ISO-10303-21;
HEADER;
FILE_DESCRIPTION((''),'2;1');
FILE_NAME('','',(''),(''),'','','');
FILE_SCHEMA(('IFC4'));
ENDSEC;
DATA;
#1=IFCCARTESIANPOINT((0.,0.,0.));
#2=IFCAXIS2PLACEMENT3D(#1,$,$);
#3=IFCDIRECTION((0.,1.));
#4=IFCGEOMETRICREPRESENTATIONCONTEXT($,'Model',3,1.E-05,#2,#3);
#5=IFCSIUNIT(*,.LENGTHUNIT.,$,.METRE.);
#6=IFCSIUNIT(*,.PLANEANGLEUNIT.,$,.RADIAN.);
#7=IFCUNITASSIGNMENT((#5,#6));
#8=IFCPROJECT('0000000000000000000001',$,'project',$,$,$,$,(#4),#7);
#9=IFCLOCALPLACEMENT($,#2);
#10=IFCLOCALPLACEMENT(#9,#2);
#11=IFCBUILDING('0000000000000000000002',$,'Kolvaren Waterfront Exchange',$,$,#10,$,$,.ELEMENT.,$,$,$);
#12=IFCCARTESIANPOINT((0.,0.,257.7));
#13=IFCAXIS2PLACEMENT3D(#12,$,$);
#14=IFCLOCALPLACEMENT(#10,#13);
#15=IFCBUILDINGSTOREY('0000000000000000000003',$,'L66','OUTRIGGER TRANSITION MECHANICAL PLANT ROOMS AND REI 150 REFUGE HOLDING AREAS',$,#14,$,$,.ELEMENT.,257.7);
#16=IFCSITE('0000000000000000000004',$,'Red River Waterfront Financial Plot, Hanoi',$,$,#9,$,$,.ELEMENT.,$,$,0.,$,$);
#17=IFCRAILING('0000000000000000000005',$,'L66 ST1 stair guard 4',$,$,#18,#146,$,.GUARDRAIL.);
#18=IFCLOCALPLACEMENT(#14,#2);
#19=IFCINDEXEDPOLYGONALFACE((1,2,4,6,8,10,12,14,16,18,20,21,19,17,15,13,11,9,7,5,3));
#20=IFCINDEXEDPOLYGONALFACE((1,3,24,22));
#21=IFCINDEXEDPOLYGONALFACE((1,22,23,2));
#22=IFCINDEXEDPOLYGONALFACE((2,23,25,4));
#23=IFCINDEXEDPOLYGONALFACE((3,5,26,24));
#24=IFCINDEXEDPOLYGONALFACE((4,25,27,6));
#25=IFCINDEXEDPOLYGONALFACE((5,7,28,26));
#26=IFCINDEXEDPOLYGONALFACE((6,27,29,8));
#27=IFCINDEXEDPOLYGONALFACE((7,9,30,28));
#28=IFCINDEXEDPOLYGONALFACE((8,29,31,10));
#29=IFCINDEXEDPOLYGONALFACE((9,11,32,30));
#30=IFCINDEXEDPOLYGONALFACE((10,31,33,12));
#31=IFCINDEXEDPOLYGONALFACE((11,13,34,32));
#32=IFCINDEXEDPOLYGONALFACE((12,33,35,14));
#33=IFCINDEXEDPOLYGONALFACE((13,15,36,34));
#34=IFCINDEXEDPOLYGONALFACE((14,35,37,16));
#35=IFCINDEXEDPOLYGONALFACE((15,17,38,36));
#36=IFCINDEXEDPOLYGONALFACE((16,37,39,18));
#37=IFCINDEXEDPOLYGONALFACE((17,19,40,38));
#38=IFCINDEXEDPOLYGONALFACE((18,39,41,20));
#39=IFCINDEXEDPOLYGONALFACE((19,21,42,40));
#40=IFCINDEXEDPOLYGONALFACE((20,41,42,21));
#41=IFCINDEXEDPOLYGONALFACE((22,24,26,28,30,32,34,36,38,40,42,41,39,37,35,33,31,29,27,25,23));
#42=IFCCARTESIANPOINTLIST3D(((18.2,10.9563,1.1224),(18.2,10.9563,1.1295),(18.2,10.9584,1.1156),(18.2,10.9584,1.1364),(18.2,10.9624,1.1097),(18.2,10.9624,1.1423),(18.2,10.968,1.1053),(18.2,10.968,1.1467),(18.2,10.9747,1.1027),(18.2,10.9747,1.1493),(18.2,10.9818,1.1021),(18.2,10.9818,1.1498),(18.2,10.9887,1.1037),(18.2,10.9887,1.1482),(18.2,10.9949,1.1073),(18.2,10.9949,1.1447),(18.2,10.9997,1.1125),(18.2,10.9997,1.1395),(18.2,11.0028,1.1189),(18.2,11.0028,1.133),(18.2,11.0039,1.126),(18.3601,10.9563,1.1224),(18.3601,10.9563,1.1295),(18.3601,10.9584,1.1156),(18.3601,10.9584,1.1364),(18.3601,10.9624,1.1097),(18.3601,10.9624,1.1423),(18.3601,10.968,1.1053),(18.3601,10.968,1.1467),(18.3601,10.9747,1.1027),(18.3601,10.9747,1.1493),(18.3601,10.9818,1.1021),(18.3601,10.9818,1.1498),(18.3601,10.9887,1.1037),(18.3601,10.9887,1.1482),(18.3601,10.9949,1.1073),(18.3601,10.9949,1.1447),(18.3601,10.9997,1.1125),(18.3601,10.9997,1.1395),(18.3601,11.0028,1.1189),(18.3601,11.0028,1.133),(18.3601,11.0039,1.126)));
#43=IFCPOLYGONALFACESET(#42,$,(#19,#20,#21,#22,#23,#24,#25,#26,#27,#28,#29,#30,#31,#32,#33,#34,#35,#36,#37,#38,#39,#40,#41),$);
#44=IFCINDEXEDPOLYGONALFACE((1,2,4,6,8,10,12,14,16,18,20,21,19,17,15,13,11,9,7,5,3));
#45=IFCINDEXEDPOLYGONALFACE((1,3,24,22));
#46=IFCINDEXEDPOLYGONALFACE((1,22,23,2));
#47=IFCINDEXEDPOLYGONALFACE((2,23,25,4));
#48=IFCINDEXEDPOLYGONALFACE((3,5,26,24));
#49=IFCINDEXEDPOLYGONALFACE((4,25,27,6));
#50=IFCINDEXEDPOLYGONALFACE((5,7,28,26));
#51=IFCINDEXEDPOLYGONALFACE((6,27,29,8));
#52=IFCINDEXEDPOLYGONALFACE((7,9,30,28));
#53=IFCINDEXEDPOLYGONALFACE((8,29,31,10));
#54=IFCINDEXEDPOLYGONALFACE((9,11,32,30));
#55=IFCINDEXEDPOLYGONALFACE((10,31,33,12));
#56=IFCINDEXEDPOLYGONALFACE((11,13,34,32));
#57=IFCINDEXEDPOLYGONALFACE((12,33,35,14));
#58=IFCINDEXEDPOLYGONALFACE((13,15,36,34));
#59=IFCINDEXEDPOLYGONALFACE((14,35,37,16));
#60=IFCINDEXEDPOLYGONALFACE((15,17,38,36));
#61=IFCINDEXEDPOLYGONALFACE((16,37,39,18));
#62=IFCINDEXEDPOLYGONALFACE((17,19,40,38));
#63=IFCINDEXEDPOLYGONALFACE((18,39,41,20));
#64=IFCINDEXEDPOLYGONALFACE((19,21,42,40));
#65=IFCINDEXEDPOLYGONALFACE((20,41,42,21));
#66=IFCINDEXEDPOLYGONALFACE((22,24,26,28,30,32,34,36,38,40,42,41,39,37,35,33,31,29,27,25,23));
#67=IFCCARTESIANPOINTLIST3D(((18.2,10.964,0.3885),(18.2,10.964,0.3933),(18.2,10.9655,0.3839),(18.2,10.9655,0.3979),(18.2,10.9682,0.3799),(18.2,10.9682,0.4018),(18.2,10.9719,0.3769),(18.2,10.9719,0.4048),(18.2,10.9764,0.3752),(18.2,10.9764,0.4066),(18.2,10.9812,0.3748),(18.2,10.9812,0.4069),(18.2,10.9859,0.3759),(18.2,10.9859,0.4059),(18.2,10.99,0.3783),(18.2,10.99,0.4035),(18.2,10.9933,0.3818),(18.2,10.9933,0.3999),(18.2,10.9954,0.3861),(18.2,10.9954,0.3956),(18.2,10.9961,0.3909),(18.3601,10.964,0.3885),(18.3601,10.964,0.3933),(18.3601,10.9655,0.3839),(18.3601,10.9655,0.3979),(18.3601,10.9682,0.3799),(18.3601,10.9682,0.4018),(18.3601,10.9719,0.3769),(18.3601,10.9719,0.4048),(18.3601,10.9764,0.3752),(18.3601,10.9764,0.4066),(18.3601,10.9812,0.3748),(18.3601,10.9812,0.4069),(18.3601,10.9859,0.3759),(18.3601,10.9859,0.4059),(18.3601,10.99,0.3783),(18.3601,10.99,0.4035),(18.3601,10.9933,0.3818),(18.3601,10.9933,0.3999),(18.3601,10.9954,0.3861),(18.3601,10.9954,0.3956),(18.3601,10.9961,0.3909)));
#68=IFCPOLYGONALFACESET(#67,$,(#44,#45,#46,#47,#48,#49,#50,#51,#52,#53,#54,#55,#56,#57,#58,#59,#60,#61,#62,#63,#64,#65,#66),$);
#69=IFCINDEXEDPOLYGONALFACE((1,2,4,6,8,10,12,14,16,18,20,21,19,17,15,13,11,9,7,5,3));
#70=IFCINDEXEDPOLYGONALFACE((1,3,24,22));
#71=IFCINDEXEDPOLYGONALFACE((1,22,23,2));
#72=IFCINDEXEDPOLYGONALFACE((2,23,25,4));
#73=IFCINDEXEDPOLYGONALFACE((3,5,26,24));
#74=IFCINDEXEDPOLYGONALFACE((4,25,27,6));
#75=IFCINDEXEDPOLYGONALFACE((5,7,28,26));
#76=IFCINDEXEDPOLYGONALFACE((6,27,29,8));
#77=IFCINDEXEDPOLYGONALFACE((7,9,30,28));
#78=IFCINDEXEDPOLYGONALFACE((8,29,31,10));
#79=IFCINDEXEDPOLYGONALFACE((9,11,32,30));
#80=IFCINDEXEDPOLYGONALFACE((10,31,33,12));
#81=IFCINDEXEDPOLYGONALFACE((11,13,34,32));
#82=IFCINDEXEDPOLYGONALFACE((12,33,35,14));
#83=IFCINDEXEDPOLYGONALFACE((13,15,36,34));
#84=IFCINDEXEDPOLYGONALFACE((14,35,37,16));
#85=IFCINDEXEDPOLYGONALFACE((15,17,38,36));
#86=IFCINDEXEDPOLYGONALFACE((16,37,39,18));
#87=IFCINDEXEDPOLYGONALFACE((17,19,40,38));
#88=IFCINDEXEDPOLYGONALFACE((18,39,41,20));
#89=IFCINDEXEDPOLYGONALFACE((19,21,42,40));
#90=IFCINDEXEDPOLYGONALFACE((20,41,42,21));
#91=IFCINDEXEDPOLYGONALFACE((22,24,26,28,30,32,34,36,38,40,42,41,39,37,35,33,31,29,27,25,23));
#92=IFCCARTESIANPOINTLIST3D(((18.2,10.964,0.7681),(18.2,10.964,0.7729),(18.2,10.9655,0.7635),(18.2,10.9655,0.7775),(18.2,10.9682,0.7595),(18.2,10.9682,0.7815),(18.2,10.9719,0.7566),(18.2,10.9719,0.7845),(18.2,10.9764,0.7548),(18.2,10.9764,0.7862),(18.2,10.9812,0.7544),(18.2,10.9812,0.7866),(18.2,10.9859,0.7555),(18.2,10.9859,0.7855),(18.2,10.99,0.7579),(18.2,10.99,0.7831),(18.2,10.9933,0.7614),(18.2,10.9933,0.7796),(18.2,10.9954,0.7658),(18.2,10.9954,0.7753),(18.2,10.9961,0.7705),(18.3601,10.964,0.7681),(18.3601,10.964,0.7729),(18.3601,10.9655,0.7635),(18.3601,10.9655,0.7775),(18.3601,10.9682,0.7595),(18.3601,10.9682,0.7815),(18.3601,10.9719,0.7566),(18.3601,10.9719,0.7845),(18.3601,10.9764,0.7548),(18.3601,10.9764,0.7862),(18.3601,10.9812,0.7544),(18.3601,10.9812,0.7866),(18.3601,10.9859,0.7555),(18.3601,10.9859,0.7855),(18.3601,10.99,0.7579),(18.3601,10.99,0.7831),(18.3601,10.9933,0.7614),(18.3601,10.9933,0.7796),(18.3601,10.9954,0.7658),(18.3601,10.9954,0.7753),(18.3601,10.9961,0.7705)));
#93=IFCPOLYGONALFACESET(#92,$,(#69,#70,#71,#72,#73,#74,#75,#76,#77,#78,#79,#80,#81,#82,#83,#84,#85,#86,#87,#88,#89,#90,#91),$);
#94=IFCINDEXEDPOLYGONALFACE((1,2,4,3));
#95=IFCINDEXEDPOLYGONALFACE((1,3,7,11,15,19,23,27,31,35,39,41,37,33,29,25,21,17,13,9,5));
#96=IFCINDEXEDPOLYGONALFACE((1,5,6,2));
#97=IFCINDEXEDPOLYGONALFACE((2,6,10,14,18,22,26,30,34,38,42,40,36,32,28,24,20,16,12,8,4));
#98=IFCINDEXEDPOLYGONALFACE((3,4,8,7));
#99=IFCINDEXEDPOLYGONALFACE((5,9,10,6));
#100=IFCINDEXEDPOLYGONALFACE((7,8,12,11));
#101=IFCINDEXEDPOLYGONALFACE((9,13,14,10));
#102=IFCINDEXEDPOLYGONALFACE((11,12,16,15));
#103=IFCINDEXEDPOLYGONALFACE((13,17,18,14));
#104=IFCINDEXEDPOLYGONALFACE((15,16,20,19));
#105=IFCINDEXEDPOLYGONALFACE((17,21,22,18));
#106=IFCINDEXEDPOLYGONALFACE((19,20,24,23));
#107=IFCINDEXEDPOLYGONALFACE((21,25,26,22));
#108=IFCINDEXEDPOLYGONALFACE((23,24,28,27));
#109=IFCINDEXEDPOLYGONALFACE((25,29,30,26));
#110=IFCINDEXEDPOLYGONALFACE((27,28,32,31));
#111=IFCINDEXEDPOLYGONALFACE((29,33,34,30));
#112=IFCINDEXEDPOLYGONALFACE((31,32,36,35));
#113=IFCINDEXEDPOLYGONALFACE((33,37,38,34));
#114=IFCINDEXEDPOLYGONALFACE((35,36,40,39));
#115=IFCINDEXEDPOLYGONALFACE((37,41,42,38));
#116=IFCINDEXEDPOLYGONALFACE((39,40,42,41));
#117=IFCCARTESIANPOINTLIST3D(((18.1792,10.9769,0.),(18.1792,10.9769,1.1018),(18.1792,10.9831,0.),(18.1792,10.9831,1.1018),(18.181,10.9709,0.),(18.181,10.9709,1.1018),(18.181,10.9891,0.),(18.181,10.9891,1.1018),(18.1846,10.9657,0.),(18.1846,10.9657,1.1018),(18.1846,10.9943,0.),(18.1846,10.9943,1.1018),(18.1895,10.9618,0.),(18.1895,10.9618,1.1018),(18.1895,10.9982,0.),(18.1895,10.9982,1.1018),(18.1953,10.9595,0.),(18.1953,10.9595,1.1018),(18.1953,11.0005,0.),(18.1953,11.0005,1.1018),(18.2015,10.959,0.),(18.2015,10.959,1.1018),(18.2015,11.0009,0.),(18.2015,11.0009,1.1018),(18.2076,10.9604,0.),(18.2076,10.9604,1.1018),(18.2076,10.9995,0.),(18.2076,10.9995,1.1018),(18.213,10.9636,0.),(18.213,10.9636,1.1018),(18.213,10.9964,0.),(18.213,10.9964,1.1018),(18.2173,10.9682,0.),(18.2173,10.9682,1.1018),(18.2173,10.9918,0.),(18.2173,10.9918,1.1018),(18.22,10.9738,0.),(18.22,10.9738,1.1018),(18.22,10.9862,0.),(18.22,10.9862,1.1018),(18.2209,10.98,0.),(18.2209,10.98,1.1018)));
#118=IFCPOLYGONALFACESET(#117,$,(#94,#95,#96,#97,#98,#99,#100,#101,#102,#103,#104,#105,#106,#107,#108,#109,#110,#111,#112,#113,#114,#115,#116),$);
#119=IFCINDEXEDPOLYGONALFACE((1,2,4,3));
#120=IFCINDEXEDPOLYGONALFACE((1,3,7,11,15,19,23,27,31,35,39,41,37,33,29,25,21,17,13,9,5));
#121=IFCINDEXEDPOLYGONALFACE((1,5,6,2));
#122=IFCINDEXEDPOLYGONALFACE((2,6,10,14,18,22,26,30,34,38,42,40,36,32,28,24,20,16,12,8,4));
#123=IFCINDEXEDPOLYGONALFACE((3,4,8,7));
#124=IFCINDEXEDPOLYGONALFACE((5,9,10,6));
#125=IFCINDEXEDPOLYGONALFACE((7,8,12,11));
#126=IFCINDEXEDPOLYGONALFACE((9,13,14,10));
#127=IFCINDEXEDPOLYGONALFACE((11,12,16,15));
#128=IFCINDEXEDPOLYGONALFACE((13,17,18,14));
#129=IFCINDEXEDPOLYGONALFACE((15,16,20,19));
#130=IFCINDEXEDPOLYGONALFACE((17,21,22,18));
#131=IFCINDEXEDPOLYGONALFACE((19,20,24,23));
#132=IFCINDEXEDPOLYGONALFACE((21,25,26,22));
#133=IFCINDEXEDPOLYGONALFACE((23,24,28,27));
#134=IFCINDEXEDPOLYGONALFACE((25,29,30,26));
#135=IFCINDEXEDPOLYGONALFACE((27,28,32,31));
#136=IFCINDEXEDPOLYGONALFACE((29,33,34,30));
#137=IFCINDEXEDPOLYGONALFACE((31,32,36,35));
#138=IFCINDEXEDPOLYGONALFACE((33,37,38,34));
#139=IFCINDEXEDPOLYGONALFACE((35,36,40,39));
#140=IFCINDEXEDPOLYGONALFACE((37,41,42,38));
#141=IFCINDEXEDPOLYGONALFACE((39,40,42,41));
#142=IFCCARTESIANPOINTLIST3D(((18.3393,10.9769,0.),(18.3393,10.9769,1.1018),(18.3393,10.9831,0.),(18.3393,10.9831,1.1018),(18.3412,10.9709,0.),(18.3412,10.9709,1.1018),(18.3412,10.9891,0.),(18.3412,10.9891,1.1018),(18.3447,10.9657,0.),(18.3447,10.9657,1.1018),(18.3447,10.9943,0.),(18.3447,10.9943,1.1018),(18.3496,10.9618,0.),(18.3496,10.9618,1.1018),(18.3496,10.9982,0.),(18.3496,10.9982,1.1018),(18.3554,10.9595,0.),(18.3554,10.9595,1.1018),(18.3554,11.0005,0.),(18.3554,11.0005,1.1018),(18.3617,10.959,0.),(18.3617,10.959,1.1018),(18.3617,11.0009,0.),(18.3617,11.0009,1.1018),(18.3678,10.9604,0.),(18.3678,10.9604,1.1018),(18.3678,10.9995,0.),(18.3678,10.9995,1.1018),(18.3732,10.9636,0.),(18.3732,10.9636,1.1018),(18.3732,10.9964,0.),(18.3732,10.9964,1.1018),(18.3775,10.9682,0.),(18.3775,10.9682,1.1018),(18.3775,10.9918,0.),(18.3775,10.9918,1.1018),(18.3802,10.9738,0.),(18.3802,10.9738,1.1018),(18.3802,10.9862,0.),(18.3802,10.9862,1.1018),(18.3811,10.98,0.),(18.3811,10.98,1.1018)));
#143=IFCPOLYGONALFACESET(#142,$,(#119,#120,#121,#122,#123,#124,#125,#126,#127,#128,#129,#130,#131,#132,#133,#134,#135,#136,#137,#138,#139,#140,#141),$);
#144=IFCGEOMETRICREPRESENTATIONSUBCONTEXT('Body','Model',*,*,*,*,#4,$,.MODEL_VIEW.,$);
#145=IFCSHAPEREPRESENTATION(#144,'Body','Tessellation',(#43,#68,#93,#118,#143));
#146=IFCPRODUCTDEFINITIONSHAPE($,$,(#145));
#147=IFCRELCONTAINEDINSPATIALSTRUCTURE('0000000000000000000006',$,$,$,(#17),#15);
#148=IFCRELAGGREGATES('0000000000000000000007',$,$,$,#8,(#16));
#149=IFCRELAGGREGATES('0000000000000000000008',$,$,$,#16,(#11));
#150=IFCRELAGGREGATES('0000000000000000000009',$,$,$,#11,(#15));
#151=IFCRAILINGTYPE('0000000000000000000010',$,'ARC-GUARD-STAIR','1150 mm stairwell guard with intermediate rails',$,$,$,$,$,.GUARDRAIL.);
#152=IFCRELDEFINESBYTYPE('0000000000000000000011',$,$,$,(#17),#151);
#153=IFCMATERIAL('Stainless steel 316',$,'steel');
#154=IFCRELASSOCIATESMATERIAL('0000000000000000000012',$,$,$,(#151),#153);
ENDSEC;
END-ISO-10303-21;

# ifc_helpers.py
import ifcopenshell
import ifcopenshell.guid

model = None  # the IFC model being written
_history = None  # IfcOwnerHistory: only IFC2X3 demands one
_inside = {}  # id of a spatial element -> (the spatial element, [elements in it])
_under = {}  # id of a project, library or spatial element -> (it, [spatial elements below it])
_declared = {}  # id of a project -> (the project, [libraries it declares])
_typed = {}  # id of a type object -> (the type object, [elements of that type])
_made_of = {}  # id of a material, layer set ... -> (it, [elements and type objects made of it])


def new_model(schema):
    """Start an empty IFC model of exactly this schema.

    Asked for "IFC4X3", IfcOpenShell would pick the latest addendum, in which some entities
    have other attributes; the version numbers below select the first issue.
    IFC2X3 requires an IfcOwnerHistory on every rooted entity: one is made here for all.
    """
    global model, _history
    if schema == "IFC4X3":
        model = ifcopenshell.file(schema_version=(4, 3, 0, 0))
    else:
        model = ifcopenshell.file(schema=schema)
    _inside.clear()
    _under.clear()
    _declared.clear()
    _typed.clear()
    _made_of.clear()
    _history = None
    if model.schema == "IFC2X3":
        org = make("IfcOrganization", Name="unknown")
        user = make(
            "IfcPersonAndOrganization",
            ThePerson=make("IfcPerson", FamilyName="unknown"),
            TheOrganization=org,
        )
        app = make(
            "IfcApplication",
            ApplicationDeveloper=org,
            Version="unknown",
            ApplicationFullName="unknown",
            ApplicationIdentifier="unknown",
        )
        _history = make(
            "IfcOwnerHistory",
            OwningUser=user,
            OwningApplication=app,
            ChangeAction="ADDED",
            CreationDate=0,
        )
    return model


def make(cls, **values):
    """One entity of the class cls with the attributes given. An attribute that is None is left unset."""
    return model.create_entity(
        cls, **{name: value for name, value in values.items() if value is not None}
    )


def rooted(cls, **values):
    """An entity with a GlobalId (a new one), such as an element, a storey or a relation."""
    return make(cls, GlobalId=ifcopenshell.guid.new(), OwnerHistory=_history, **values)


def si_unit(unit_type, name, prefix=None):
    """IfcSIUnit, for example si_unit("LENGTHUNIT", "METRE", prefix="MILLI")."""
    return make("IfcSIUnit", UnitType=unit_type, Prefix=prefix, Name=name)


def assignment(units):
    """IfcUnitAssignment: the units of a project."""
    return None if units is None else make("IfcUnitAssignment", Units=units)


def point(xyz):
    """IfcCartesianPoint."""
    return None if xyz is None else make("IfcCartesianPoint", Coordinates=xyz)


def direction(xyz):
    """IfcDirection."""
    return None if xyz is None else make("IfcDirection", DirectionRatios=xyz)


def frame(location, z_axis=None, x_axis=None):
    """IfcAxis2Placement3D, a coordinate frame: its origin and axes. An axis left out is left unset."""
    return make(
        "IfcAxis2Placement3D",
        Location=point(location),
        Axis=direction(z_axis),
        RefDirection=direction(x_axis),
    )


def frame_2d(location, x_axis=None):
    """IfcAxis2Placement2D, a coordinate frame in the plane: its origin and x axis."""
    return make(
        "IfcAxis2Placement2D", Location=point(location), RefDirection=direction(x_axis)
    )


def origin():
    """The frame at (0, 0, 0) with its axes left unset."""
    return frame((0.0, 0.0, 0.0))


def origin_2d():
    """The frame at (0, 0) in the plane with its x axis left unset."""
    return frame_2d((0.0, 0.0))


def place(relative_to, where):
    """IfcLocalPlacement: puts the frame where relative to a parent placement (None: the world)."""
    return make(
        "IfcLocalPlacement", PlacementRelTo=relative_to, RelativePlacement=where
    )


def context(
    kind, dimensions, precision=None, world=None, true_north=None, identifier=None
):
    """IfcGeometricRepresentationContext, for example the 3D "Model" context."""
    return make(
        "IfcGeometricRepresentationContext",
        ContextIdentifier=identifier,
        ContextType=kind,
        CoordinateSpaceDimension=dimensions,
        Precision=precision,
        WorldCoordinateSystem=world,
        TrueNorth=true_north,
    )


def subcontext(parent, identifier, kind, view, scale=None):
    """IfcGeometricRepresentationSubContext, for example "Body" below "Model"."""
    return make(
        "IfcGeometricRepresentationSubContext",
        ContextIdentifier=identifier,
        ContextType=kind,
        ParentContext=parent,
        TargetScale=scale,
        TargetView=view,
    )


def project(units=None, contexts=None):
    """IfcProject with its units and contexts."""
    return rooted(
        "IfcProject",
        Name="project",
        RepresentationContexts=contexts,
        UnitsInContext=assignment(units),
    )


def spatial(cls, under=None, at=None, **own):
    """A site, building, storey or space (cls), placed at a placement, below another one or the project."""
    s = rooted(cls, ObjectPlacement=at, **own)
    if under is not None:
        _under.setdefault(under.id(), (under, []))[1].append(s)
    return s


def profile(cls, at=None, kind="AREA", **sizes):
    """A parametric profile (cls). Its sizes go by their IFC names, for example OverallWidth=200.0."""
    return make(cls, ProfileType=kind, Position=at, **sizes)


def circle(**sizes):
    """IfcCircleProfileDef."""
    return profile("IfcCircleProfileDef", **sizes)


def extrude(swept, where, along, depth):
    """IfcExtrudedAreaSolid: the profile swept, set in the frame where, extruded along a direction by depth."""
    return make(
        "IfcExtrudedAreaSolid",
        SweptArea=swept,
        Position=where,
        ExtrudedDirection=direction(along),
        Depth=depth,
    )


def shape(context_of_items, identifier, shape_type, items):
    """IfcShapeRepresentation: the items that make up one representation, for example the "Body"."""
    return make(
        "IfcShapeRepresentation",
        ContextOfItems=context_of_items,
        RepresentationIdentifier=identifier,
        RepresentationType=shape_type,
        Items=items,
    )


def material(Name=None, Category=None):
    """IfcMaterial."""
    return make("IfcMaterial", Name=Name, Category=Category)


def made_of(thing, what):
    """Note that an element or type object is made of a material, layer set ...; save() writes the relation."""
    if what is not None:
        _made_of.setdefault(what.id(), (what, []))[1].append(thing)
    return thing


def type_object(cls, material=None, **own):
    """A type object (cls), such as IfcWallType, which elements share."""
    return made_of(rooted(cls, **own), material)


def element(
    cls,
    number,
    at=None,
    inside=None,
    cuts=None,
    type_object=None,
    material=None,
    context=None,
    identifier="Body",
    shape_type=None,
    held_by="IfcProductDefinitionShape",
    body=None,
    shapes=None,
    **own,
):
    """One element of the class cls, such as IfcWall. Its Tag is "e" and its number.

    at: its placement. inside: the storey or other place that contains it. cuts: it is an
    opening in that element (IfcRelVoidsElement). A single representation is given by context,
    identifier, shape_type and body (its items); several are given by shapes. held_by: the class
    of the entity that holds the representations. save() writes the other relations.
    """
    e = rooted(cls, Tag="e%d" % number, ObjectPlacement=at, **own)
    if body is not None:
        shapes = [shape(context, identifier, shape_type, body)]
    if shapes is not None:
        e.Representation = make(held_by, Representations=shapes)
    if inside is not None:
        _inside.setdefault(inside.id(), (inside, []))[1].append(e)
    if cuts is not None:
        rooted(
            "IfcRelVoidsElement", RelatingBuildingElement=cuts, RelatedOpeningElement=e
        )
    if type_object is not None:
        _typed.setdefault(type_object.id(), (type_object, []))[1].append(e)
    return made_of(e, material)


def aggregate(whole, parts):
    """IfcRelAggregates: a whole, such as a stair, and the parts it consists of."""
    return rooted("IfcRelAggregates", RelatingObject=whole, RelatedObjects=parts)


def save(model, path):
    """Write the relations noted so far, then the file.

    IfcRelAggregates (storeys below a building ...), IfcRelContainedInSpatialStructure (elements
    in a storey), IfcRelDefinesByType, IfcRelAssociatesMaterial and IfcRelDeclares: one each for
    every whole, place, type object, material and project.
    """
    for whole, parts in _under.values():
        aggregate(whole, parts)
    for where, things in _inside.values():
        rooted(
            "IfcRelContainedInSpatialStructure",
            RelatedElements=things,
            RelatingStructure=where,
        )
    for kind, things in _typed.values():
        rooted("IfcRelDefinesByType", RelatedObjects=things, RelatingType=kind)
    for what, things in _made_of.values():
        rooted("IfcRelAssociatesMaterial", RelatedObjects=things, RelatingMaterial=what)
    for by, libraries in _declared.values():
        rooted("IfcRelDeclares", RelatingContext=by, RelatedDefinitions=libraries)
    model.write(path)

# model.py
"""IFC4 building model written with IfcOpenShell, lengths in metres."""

from ifc_helpers import new_model, si_unit, direction, frame, origin, origin_2d, place, context, subcontext, project, spatial, circle, extrude, material, type_object, element, save


model = new_model("IFC4")

# Units and contexts
model_context = context("Model", 3, precision=1e-05, world=origin(), true_north=direction((0.0, 1.0)))
body_context = subcontext(model_context, "Body", "Model", "MODEL_VIEW")
ifc_project = project(units=[si_unit("LENGTHUNIT", "METRE"), si_unit("PLANEANGLEUNIT", "RADIAN")], contexts=[model_context])

# Site, building, storey
site_placement = place(None, origin())
site = spatial("IfcSite", under=ifc_project, at=site_placement, Name="Red River Waterfront Financial Plot, Hanoi", CompositionType="ELEMENT", RefElevation=0.0)
building_placement = place(site_placement, origin())
building = spatial("IfcBuilding", under=site, at=building_placement, Name="Kolvaren Waterfront Exchange", CompositionType="ELEMENT")
storey_placement = place(building_placement, frame((0.0, 0.0, 257.7)))
storey = spatial("IfcBuildingStorey", under=building, at=storey_placement, Name="L66", Description="OUTRIGGER TRANSITION MECHANICAL PLANT ROOMS AND REI 150 REFUGE HOLDING AREAS", CompositionType="ELEMENT", Elevation=257.7)

# Railing
ifc_material_1 = material(Name="Stainless steel 316", Category="steel")
railing_type_1 = type_object("IfcRailingType", Name="ARC-GUARD-STAIR", Description="1150 mm stairwell guard with intermediate rails", PredefinedType="GUARDRAIL", material=ifc_material_1)
railing_1_placement = place(storey_placement, frame((18.2, 10.98, 0.0)))
element("IfcRailing", 1, at=railing_1_placement, inside=storey, type_object=railing_type_1, Name="L66 ST1 stair guard 4", PredefinedType="GUARDRAIL", context=body_context, shape_type="SweptSolid", body=[
    extrude(circle(Radius=0.0239, at=origin_2d()), frame((0.0, 0.0, 1.126), z_axis=(1.0, 0.0, 0.0), x_axis=(0.0, 1.0, 0.0)), (0.0, 0.0, 1.0), 0.1602),
    extrude(circle(Radius=0.0161, at=origin_2d()), frame((0.0, 0.0, 0.3909), z_axis=(1.0, 0.0, 0.0), x_axis=(0.0, 1.0, 0.0)), (0.0, 0.0, 1.0), 0.1602),
    extrude(circle(Radius=0.0161, at=origin_2d()), frame((0.0, 0.0, 0.7705), z_axis=(1.0, 0.0, 0.0), x_axis=(0.0, 1.0, 0.0)), (0.0, 0.0, 1.0), 0.1602),
    extrude(circle(Radius=0.021, at=origin_2d()), origin(), (0.0, 0.0, 1.0), 1.1018),
    extrude(circle(Radius=0.021, at=origin_2d()), frame((0.1602, 0.0, 0.0)), (0.0, 0.0, 1.0), 1.1018),
])

save(model, "model.ifc")
